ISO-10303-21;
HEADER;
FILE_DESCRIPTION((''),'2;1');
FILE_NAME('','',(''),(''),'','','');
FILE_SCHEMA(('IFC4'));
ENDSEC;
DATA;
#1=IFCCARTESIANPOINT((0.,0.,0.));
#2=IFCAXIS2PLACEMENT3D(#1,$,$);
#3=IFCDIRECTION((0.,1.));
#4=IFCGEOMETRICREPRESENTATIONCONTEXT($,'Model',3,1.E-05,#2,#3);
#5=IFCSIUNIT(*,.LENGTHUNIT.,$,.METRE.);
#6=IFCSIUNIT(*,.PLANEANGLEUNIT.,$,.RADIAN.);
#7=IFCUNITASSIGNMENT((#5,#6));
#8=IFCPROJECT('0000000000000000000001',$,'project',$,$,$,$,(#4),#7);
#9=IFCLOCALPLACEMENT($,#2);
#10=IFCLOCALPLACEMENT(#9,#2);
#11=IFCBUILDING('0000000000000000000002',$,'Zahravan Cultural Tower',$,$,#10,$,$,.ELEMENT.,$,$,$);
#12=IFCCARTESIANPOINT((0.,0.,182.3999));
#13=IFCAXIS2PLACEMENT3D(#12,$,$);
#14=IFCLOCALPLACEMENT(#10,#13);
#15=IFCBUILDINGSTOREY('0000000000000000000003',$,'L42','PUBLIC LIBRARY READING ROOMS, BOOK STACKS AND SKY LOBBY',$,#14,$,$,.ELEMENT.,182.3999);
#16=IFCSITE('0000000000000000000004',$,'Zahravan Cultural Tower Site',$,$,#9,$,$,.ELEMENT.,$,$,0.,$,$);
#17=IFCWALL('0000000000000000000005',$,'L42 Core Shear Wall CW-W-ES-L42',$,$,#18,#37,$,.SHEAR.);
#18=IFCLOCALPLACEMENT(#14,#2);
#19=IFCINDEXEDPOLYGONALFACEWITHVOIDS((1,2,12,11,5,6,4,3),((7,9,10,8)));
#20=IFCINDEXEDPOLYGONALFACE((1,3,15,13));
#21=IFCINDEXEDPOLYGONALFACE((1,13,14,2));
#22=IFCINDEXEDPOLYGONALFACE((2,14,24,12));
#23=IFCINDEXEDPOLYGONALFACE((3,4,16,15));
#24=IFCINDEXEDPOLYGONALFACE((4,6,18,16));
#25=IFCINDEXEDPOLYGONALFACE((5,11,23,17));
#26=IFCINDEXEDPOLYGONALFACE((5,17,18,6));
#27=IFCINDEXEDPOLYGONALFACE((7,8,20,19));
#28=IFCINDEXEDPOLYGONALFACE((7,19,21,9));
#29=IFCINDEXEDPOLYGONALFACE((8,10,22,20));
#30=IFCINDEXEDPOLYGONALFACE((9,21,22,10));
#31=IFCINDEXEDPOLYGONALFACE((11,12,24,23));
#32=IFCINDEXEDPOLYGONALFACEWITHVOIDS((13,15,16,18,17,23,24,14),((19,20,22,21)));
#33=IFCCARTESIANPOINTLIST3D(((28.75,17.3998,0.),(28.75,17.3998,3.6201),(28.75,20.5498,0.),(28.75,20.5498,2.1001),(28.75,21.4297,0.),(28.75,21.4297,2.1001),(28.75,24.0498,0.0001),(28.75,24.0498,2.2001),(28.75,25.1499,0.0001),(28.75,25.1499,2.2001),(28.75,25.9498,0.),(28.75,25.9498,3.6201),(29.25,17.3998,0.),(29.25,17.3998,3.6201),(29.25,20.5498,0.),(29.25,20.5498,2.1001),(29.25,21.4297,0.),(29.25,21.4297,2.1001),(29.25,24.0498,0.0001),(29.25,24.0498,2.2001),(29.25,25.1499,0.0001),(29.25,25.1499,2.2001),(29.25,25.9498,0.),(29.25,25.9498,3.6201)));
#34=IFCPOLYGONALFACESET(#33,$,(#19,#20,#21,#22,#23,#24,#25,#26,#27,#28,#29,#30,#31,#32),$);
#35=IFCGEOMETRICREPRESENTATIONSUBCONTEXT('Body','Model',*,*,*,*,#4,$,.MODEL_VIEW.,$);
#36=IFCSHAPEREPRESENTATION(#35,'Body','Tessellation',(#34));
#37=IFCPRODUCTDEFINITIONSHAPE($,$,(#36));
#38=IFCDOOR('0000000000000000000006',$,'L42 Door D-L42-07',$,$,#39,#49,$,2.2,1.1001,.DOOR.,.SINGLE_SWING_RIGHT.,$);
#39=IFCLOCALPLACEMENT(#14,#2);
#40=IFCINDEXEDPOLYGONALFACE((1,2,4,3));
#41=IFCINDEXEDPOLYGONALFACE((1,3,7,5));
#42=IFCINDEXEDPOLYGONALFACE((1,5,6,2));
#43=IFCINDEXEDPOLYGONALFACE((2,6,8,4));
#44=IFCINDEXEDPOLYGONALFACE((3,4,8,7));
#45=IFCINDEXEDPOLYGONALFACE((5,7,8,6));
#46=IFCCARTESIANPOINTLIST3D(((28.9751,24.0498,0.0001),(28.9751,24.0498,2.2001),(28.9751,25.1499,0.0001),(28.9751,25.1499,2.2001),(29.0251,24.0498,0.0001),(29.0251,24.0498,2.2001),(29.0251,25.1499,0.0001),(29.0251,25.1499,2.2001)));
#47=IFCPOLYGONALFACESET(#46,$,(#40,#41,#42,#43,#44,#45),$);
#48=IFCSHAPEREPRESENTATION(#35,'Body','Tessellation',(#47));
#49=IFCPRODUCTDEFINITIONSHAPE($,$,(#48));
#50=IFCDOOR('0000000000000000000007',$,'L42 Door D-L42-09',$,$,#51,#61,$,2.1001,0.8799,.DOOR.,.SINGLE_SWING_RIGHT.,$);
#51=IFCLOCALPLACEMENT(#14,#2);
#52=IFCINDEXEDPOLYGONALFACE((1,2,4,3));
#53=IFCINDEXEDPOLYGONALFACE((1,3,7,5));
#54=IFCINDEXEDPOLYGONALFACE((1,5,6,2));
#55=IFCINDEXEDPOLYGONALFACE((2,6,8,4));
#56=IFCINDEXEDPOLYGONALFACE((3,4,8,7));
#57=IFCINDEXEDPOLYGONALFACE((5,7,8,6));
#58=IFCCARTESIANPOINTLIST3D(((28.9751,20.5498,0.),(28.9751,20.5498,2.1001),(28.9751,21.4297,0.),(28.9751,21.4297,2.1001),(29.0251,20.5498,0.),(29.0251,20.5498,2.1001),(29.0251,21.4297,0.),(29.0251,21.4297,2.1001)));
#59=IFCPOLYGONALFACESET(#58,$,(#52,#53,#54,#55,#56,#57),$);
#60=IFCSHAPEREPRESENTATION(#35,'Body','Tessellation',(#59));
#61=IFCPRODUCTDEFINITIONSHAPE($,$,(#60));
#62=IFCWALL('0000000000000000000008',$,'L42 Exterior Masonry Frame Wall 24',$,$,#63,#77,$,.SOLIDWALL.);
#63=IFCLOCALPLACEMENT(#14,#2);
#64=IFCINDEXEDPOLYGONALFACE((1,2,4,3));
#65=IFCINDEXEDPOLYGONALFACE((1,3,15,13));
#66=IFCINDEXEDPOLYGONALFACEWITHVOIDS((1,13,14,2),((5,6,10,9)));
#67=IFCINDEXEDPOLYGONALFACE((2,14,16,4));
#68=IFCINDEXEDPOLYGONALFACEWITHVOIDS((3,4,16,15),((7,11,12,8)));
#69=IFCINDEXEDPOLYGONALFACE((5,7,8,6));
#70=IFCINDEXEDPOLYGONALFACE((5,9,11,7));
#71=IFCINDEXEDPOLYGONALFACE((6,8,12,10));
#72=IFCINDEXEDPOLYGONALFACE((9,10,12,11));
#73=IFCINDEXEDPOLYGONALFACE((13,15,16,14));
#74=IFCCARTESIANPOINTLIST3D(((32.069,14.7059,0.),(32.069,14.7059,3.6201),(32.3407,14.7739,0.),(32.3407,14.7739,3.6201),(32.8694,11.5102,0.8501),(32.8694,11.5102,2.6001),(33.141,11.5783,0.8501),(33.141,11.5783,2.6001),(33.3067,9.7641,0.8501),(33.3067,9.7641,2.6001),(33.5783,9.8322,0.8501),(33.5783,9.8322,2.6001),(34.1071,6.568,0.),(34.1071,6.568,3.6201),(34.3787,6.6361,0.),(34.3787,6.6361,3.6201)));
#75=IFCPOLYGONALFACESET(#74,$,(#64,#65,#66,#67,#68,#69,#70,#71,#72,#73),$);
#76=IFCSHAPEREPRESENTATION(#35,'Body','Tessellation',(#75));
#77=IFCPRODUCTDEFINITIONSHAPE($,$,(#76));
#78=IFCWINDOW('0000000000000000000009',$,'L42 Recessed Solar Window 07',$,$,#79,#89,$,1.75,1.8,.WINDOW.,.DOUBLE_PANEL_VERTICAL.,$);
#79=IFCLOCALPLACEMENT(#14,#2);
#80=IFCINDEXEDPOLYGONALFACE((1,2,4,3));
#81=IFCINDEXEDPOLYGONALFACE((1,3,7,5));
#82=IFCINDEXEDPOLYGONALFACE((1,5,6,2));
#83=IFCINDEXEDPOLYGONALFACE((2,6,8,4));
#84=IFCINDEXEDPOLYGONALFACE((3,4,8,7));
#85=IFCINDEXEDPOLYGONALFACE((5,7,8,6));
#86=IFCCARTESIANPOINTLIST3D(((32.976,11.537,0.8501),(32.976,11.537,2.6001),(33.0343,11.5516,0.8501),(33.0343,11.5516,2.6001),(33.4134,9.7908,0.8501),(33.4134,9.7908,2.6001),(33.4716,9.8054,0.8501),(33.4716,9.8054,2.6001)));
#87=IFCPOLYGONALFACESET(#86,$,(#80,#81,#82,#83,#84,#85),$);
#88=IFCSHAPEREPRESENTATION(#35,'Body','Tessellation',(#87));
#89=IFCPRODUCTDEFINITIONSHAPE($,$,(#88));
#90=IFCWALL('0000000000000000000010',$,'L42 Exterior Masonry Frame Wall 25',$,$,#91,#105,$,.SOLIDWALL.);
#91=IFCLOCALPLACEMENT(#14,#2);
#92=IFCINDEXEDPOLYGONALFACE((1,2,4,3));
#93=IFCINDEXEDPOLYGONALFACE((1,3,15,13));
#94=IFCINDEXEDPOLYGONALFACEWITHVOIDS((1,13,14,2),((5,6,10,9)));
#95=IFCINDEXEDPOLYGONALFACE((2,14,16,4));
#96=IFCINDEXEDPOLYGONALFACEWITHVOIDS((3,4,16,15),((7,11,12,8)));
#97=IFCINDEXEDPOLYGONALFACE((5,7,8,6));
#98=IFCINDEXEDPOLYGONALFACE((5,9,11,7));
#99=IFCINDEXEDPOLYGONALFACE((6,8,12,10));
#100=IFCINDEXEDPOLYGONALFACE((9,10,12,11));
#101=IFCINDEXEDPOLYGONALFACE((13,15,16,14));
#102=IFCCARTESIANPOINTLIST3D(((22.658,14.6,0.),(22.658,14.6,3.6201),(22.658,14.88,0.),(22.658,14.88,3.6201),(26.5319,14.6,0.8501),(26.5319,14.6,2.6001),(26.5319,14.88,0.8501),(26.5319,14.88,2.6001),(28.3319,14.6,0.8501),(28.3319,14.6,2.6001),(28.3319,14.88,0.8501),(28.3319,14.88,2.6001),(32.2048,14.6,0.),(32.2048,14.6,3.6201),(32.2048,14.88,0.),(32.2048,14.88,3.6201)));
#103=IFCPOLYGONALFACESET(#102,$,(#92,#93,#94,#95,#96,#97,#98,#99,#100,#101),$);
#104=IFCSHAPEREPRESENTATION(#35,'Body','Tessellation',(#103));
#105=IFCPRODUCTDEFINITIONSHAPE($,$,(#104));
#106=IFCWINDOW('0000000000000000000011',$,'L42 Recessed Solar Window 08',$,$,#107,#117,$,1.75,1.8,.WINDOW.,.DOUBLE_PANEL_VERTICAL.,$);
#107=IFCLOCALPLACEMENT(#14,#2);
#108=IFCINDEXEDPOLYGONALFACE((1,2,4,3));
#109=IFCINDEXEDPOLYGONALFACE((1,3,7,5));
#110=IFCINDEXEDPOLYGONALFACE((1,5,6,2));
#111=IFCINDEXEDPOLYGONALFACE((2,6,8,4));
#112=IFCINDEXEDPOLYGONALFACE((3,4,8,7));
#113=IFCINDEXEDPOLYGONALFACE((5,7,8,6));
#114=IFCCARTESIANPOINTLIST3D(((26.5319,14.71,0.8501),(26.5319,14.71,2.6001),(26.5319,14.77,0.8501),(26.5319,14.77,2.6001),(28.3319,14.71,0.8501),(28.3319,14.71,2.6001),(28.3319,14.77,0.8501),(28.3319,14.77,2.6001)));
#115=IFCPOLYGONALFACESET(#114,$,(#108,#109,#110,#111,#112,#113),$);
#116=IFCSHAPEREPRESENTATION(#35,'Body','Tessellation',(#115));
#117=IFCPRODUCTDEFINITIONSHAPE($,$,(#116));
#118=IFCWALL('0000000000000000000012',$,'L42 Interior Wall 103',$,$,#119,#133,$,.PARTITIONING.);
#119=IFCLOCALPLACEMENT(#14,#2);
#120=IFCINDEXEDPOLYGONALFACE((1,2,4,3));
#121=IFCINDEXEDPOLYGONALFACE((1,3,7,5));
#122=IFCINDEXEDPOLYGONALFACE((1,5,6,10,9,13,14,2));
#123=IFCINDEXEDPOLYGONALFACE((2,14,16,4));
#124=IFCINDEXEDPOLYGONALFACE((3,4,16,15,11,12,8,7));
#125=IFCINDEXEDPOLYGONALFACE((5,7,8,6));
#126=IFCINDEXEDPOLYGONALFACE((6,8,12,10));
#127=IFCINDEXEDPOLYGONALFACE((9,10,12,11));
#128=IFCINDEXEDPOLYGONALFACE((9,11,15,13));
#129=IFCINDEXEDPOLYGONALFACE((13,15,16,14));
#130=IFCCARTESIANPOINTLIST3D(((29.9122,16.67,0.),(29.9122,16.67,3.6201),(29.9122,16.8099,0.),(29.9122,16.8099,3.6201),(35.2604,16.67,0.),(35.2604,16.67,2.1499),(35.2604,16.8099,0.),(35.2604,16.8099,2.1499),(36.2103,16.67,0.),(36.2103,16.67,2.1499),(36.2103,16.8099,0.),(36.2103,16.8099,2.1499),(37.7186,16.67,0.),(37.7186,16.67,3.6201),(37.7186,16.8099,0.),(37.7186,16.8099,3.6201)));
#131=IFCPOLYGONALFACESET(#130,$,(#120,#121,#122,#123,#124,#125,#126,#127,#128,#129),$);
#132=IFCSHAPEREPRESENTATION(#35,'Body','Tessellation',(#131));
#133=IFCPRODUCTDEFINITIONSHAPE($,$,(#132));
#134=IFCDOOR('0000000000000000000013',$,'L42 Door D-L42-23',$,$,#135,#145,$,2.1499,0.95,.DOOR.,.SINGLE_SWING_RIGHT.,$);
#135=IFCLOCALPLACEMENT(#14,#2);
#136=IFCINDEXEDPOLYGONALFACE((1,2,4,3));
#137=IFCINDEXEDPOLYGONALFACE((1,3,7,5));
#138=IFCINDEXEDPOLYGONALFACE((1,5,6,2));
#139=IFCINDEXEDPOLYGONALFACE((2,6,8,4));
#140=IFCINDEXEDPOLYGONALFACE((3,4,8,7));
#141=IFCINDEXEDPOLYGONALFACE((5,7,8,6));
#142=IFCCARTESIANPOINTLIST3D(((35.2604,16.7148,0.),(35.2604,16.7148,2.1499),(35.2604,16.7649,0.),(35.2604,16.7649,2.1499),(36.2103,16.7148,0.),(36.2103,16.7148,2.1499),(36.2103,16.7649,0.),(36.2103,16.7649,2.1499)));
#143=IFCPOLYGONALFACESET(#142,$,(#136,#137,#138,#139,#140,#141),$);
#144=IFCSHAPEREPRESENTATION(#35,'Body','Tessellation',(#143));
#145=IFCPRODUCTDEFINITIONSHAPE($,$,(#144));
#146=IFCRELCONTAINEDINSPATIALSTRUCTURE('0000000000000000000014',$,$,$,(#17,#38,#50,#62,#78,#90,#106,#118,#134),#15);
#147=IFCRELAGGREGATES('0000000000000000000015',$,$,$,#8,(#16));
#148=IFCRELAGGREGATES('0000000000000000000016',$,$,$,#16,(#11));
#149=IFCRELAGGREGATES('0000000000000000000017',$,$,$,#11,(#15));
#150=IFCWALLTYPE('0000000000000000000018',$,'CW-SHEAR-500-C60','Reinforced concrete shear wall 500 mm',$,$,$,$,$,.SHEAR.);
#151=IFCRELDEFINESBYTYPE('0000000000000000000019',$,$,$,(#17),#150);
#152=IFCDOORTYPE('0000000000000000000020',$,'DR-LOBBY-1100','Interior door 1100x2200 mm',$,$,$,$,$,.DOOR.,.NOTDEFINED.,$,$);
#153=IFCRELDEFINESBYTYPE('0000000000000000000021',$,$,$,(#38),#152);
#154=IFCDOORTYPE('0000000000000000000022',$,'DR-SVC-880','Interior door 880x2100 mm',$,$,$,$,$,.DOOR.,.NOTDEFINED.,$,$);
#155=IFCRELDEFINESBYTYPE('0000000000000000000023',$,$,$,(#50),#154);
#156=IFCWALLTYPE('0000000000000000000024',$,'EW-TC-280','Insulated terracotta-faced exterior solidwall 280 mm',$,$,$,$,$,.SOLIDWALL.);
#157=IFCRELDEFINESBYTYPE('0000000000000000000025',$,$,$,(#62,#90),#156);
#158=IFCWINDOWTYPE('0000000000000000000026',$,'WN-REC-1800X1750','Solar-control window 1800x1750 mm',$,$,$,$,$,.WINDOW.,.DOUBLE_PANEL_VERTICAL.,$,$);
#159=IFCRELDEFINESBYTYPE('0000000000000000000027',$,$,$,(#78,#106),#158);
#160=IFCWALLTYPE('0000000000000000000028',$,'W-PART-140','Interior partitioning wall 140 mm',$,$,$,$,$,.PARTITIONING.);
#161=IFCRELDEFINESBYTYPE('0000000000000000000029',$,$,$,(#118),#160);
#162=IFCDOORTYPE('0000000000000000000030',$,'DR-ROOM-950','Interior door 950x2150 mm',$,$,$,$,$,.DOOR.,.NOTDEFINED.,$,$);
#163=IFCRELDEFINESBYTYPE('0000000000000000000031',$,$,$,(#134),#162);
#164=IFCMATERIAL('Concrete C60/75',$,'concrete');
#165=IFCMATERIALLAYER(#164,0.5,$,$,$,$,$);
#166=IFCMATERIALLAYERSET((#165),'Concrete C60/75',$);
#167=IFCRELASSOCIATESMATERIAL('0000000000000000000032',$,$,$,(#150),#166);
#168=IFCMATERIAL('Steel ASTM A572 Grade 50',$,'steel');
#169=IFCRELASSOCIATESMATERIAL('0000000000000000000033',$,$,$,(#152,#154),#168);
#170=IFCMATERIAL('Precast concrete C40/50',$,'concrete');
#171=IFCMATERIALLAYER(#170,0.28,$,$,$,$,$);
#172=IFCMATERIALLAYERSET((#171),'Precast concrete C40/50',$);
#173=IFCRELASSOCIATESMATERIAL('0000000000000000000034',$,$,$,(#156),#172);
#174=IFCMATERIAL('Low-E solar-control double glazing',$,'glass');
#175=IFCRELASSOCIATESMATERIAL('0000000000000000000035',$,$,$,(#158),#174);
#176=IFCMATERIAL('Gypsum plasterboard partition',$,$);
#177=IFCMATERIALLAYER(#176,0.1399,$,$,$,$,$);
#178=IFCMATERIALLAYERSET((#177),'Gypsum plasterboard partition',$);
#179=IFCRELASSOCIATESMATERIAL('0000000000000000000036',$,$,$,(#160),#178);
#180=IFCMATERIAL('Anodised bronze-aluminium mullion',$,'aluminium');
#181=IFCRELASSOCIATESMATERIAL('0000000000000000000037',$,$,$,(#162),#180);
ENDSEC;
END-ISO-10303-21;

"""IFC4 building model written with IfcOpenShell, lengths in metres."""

from ifc_helpers import new_model, si_unit, direction, frame, frame_2d, origin, place, context, subcontext, project, spatial, rectangle, extrude, source, transform, mapped, material, layer, layer_set, type_object, element, fill, save


model = new_model("IFC4")

# Units and contexts
model_context = context("Model", 3, precision=1e-05, world=origin(), true_north=direction((0.0, 1.0)))
body_context = subcontext(model_context, "Body", "Model", "MODEL_VIEW")
ifc_project = project(units=[si_unit("LENGTHUNIT", "METRE"), si_unit("PLANEANGLEUNIT", "RADIAN")], contexts=[model_context])

# Site, building, storey
site_placement = place(None, origin())
site = spatial("IfcSite", under=ifc_project, at=site_placement, Name="Zahravan Cultural Tower Site", CompositionType="ELEMENT", RefElevation=0.0)
building_placement = place(site_placement, origin())
building = spatial("IfcBuilding", under=site, at=building_placement, Name="Zahravan Cultural Tower", CompositionType="ELEMENT")
storey_placement = place(building_placement, frame((0.0, 0.0, 182.3999)))
storey = spatial("IfcBuildingStorey", under=building, at=storey_placement, Name="L42", Description="PUBLIC LIBRARY READING ROOMS, BOOK STACKS AND SKY LOBBY", CompositionType="ELEMENT", Elevation=182.3999)

# Wall, openings, doors
ifc_material_1 = material(Name="Concrete C60/75", Category="concrete")
ifc_layer_1 = layer(ifc_material_1, 0.5)
ifc_layer_set_1 = layer_set([ifc_layer_1], Name="Concrete C60/75")
wall_type_1 = type_object("IfcWallType", Name="CW-SHEAR-500-C60", Description="Reinforced concrete shear wall 500 mm", PredefinedType="SHEAR", material=ifc_layer_set_1)
wall_1_placement = place(storey_placement, frame((29.0, 17.3999, 0.0), z_axis=(0.0, 0.0, 1.0), x_axis=(0.0, 1.0, 0.0)))
wall_1 = element("IfcWall", 1, at=wall_1_placement, inside=storey, type_object=wall_type_1, Name="L42 Core Shear Wall CW-W-ES-L42", PredefinedType="SHEAR", context=body_context, shape_type="SweptSolid", body=[
    extrude(rectangle(XDim=8.55, YDim=0.5, at=frame_2d((4.2749, 0.0))), origin(), (0.0, 0.0, 1.0), 3.6201),
])
opening_1_placement = place(wall_1_placement, frame((6.6499, 0.0, 0.0)))
opening_1 = element("IfcOpeningElement", 2, at=opening_1_placement, cuts=wall_1, PredefinedType="OPENING", context=body_context, shape_type="SweptSolid", body=[
    extrude(rectangle(XDim=1.1001, YDim=2.2, at=frame_2d((0.55, 1.1001))), frame((0.0, 0.26, 0.0), z_axis=(0.0, -1.0, 0.0), x_axis=(1.0, 0.0, 0.0)), (0.0, 0.0, 1.0), 0.52),
])
opening_2_placement = place(wall_1_placement, frame((3.1499, 0.0, 0.0)))
opening_2 = element("IfcOpeningElement", 3, at=opening_2_placement, cuts=wall_1, PredefinedType="OPENING", context=body_context, shape_type="SweptSolid", body=[
    extrude(rectangle(XDim=0.8799, YDim=2.1001, at=frame_2d((0.4399, 1.05))), frame((0.0, 0.26, 0.0), z_axis=(0.0, -1.0, 0.0), x_axis=(1.0, 0.0, 0.0)), (0.0, 0.0, 1.0), 0.52),
])
ifc_material_2 = material(Name="Steel ASTM A572 Grade 50", Category="steel")
door_type_1 = type_object("IfcDoorType", Name="DR-LOBBY-1100", Description="Interior door 1100x2200 mm", OperationType="NOTDEFINED", PredefinedType="DOOR", material=ifc_material_2)
shared_shape_1 = source(origin(), body_context, "Body", "SweptSolid", [
    extrude(rectangle(XDim=1.1001, YDim=2.2, at=frame_2d((0.55, 1.1001))), frame((0.0, 0.0249, 0.0), z_axis=(0.0, -1.0, 0.0), x_axis=(1.0, 0.0, 0.0)), (0.0, 0.0, 1.0), 0.05),
])
door_1_placement = place(opening_1_placement, origin())
door_1 = element("IfcDoor", 4, at=door_1_placement, inside=storey, type_object=door_type_1, Name="L42 Door D-L42-07", OperationType="SINGLE_SWING_RIGHT", OverallHeight=2.2, OverallWidth=1.1001, PredefinedType="DOOR", context=body_context, shape_type="MappedRepresentation", body=[
    mapped(shared_shape_1, transform((0.0, 0.0, 0.0), x_axis=(1.0, 0.0, 0.0), y_axis=(0.0, 1.0, 0.0), z_axis=(0.0, 0.0, 1.0), scale=1.0)),
])
fill(opening_1, door_1)
door_type_2 = type_object("IfcDoorType", Name="DR-SVC-880", Description="Interior door 880x2100 mm", OperationType="NOTDEFINED", PredefinedType="DOOR", material=ifc_material_2)
shared_shape_2 = source(origin(), body_context, "Body", "SweptSolid", [
    extrude(rectangle(XDim=0.8799, YDim=2.1001, at=frame_2d((0.4399, 1.05))), frame((0.0, 0.0249, 0.0), z_axis=(0.0, -1.0, 0.0), x_axis=(1.0, 0.0, 0.0)), (0.0, 0.0, 1.0), 0.05),
])
door_2_placement = place(opening_2_placement, origin())
door_2 = element("IfcDoor", 5, at=door_2_placement, inside=storey, type_object=door_type_2, Name="L42 Door D-L42-09", OperationType="SINGLE_SWING_RIGHT", OverallHeight=2.1001, OverallWidth=0.8799, PredefinedType="DOOR", context=body_context, shape_type="MappedRepresentation", body=[
    mapped(shared_shape_2, transform((0.0, 0.0, 0.0), x_axis=(1.0, 0.0, 0.0), y_axis=(0.0, 1.0, 0.0), z_axis=(0.0, 0.0, 1.0), scale=1.0)),
])
fill(opening_2, door_2)

# Walls, openings, windows
ifc_material_3 = material(Name="Precast concrete C40/50", Category="concrete")
ifc_layer_2 = layer(ifc_material_3, 0.28)
ifc_layer_set_2 = layer_set([ifc_layer_2], Name="Precast concrete C40/50")
wall_type_2 = type_object("IfcWallType", Name="EW-TC-280", Description="Insulated terracotta-faced exterior solidwall 280 mm", PredefinedType="SOLIDWALL", material=ifc_layer_set_2)
wall_2_placement = place(storey_placement, frame((34.2429, 6.6021, 0.0), z_axis=(0.0, 0.0, 1.0), x_axis=(-0.24294, 0.970041, 0.0)))
wall_2 = element("IfcWall", 6, at=wall_2_placement, inside=storey, type_object=wall_type_2, Name="L42 Exterior Masonry Frame Wall 24", PredefinedType="SOLIDWALL", context=body_context, shape_type="SweptSolid", body=[
    extrude(rectangle(XDim=8.3892, YDim=0.28, at=frame_2d((4.1946, 0.0))), origin(), (0.0, 0.0, 1.0), 3.6201),
])
opening_3_placement = place(wall_2_placement, frame((3.2949, 0.0, 0.8501)))
opening_3 = element("IfcOpeningElement", 7, at=opening_3_placement, cuts=wall_2, PredefinedType="OPENING", context=body_context, shape_type="SweptSolid", body=[
    extrude(rectangle(XDim=1.8, YDim=1.75, at=frame_2d((0.8999, 0.875))), frame((0.0, 0.1499, 0.0), z_axis=(0.0, -1.0, 0.0), x_axis=(1.0, 0.0, 0.0)), (0.0, 0.0, 1.0), 0.3),
])
ifc_material_4 = material(Name="Low-E solar-control double glazing", Category="glass")
window_type = type_object("IfcWindowType", Name="WN-REC-1800X1750", Description="Solar-control window 1800x1750 mm", PartitioningType="DOUBLE_PANEL_VERTICAL", PredefinedType="WINDOW", material=ifc_material_4)
shared_shape_3 = source(origin(), body_context, "Body", "SweptSolid", [
    extrude(rectangle(XDim=1.8, YDim=1.75, at=frame_2d((0.8999, 0.875))), frame((0.0, 0.03, 0.0), z_axis=(0.0, -1.0, 0.0), x_axis=(1.0, 0.0, 0.0)), (0.0, 0.0, 1.0), 0.0601),
])
window_1_placement = place(opening_3_placement, origin())
window_1 = element("IfcWindow", 8, at=window_1_placement, inside=storey, type_object=window_type, Name="L42 Recessed Solar Window 07", OverallHeight=1.75, OverallWidth=1.8, PartitioningType="DOUBLE_PANEL_VERTICAL", PredefinedType="WINDOW", context=body_context, shape_type="MappedRepresentation", body=[
    mapped(shared_shape_3, transform((0.0, 0.0, 0.0), x_axis=(1.0, 0.0, 0.0), y_axis=(0.0, 1.0, 0.0), z_axis=(0.0, 0.0, 1.0), scale=1.0)),
])
fill(opening_3, window_1)
wall_3_placement = place(storey_placement, frame((32.2048, 14.74, 0.0), z_axis=(0.0, 0.0, 1.0), x_axis=(-1.0, 0.0, 0.0)))
wall_3 = element("IfcWall", 9, at=wall_3_placement, inside=storey, type_object=wall_type_2, Name="L42 Exterior Masonry Frame Wall 25", PredefinedType="SOLIDWALL", context=body_context, shape_type="SweptSolid", body=[
    extrude(rectangle(XDim=9.5469, YDim=0.28, at=frame_2d((4.7734, 0.0))), origin(), (0.0, 0.0, 1.0), 3.6201),
])
opening_4_placement = place(wall_3_placement, frame((3.873, 0.0, 0.8501)))
opening_4 = element("IfcOpeningElement", 10, at=opening_4_placement, cuts=wall_3, PredefinedType="OPENING", context=body_context, shape_type="SweptSolid", body=[
    extrude(rectangle(XDim=1.8, YDim=1.75, at=frame_2d((0.8999, 0.875))), frame((0.0, 0.1499, 0.0), z_axis=(0.0, -1.0, 0.0), x_axis=(1.0, 0.0, 0.0)), (0.0, 0.0, 1.0), 0.3),
])
window_2_placement = place(opening_4_placement, origin())
window_2 = element("IfcWindow", 11, at=window_2_placement, inside=storey, type_object=window_type, Name="L42 Recessed Solar Window 08", OverallHeight=1.75, OverallWidth=1.8, PartitioningType="DOUBLE_PANEL_VERTICAL", PredefinedType="WINDOW", context=body_context, shape_type="MappedRepresentation", body=[
    mapped(shared_shape_3, transform((0.0, 0.0, 0.0), x_axis=(1.0, 0.0, 0.0), y_axis=(0.0, 1.0, 0.0), z_axis=(0.0, 0.0, 1.0), scale=1.0)),
])
fill(opening_4, window_2)

# Wall, opening, door
ifc_material_5 = material(Name="Gypsum plasterboard partition")
ifc_layer_3 = layer(ifc_material_5, 0.1399)
ifc_layer_set_3 = layer_set([ifc_layer_3], Name="Gypsum plasterboard partition")
wall_type_3 = type_object("IfcWallType", Name="W-PART-140", Description="Interior partitioning wall 140 mm", PredefinedType="PARTITIONING", material=ifc_layer_set_3)
ifc_material_6 = material(Name="Anodised bronze-aluminium mullion", Category="aluminium")
door_type_3 = type_object("IfcDoorType", Name="DR-ROOM-950", Description="Interior door 950x2150 mm", OperationType="NOTDEFINED", PredefinedType="DOOR", material=ifc_material_6)
shared_shape_4 = source(origin(), body_context, "Body", "SweptSolid", [
    extrude(rectangle(XDim=0.95, YDim=2.1499, at=frame_2d((0.4751, 1.075))), frame((0.0, 0.0249, 0.0), z_axis=(0.0, -1.0, 0.0), x_axis=(1.0, 0.0, 0.0)), (0.0, 0.0, 1.0), 0.05),
])
wall_4_placement = place(storey_placement, frame((29.9121, 16.74, 0.0), z_axis=(0.0, 0.0, 1.0), x_axis=(1.0, 0.0, 0.0)))
wall_4 = element("IfcWall", 12, at=wall_4_placement, inside=storey, type_object=wall_type_3, Name="L42 Interior Wall 103", PredefinedType="PARTITIONING", context=body_context, shape_type="SweptSolid", body=[
    extrude(rectangle(XDim=7.8064, YDim=0.1399, at=frame_2d((3.9033, 0.0))), origin(), (0.0, 0.0, 1.0), 3.6201),
])
opening_5_placement = place(wall_4_placement, frame((5.3481, 0.0, 0.0)))
opening_5 = element("IfcOpeningElement", 13, at=opening_5_placement, cuts=wall_4, PredefinedType="OPENING", context=body_context, shape_type="SweptSolid", body=[
    extrude(rectangle(XDim=0.95, YDim=2.1499, at=frame_2d((0.4751, 1.075))), frame((0.0, 0.0798, 0.0), z_axis=(0.0, -1.0, 0.0), x_axis=(1.0, 0.0, 0.0)), (0.0, 0.0, 1.0), 0.1599),
])
door_3_placement = place(opening_5_placement, origin())
door_3 = element("IfcDoor", 14, at=door_3_placement, inside=storey, type_object=door_type_3, Name="L42 Door D-L42-23", OperationType="SINGLE_SWING_RIGHT", OverallHeight=2.1499, OverallWidth=0.95, PredefinedType="DOOR", context=body_context, shape_type="MappedRepresentation", body=[
    mapped(shared_shape_4, transform((0.0, 0.0, 0.0), x_axis=(1.0, 0.0, 0.0), y_axis=(0.0, 1.0, 0.0), z_axis=(0.0, 0.0, 1.0), scale=1.0)),
])
fill(opening_5, door_3)

save(model, "model.ifc")
